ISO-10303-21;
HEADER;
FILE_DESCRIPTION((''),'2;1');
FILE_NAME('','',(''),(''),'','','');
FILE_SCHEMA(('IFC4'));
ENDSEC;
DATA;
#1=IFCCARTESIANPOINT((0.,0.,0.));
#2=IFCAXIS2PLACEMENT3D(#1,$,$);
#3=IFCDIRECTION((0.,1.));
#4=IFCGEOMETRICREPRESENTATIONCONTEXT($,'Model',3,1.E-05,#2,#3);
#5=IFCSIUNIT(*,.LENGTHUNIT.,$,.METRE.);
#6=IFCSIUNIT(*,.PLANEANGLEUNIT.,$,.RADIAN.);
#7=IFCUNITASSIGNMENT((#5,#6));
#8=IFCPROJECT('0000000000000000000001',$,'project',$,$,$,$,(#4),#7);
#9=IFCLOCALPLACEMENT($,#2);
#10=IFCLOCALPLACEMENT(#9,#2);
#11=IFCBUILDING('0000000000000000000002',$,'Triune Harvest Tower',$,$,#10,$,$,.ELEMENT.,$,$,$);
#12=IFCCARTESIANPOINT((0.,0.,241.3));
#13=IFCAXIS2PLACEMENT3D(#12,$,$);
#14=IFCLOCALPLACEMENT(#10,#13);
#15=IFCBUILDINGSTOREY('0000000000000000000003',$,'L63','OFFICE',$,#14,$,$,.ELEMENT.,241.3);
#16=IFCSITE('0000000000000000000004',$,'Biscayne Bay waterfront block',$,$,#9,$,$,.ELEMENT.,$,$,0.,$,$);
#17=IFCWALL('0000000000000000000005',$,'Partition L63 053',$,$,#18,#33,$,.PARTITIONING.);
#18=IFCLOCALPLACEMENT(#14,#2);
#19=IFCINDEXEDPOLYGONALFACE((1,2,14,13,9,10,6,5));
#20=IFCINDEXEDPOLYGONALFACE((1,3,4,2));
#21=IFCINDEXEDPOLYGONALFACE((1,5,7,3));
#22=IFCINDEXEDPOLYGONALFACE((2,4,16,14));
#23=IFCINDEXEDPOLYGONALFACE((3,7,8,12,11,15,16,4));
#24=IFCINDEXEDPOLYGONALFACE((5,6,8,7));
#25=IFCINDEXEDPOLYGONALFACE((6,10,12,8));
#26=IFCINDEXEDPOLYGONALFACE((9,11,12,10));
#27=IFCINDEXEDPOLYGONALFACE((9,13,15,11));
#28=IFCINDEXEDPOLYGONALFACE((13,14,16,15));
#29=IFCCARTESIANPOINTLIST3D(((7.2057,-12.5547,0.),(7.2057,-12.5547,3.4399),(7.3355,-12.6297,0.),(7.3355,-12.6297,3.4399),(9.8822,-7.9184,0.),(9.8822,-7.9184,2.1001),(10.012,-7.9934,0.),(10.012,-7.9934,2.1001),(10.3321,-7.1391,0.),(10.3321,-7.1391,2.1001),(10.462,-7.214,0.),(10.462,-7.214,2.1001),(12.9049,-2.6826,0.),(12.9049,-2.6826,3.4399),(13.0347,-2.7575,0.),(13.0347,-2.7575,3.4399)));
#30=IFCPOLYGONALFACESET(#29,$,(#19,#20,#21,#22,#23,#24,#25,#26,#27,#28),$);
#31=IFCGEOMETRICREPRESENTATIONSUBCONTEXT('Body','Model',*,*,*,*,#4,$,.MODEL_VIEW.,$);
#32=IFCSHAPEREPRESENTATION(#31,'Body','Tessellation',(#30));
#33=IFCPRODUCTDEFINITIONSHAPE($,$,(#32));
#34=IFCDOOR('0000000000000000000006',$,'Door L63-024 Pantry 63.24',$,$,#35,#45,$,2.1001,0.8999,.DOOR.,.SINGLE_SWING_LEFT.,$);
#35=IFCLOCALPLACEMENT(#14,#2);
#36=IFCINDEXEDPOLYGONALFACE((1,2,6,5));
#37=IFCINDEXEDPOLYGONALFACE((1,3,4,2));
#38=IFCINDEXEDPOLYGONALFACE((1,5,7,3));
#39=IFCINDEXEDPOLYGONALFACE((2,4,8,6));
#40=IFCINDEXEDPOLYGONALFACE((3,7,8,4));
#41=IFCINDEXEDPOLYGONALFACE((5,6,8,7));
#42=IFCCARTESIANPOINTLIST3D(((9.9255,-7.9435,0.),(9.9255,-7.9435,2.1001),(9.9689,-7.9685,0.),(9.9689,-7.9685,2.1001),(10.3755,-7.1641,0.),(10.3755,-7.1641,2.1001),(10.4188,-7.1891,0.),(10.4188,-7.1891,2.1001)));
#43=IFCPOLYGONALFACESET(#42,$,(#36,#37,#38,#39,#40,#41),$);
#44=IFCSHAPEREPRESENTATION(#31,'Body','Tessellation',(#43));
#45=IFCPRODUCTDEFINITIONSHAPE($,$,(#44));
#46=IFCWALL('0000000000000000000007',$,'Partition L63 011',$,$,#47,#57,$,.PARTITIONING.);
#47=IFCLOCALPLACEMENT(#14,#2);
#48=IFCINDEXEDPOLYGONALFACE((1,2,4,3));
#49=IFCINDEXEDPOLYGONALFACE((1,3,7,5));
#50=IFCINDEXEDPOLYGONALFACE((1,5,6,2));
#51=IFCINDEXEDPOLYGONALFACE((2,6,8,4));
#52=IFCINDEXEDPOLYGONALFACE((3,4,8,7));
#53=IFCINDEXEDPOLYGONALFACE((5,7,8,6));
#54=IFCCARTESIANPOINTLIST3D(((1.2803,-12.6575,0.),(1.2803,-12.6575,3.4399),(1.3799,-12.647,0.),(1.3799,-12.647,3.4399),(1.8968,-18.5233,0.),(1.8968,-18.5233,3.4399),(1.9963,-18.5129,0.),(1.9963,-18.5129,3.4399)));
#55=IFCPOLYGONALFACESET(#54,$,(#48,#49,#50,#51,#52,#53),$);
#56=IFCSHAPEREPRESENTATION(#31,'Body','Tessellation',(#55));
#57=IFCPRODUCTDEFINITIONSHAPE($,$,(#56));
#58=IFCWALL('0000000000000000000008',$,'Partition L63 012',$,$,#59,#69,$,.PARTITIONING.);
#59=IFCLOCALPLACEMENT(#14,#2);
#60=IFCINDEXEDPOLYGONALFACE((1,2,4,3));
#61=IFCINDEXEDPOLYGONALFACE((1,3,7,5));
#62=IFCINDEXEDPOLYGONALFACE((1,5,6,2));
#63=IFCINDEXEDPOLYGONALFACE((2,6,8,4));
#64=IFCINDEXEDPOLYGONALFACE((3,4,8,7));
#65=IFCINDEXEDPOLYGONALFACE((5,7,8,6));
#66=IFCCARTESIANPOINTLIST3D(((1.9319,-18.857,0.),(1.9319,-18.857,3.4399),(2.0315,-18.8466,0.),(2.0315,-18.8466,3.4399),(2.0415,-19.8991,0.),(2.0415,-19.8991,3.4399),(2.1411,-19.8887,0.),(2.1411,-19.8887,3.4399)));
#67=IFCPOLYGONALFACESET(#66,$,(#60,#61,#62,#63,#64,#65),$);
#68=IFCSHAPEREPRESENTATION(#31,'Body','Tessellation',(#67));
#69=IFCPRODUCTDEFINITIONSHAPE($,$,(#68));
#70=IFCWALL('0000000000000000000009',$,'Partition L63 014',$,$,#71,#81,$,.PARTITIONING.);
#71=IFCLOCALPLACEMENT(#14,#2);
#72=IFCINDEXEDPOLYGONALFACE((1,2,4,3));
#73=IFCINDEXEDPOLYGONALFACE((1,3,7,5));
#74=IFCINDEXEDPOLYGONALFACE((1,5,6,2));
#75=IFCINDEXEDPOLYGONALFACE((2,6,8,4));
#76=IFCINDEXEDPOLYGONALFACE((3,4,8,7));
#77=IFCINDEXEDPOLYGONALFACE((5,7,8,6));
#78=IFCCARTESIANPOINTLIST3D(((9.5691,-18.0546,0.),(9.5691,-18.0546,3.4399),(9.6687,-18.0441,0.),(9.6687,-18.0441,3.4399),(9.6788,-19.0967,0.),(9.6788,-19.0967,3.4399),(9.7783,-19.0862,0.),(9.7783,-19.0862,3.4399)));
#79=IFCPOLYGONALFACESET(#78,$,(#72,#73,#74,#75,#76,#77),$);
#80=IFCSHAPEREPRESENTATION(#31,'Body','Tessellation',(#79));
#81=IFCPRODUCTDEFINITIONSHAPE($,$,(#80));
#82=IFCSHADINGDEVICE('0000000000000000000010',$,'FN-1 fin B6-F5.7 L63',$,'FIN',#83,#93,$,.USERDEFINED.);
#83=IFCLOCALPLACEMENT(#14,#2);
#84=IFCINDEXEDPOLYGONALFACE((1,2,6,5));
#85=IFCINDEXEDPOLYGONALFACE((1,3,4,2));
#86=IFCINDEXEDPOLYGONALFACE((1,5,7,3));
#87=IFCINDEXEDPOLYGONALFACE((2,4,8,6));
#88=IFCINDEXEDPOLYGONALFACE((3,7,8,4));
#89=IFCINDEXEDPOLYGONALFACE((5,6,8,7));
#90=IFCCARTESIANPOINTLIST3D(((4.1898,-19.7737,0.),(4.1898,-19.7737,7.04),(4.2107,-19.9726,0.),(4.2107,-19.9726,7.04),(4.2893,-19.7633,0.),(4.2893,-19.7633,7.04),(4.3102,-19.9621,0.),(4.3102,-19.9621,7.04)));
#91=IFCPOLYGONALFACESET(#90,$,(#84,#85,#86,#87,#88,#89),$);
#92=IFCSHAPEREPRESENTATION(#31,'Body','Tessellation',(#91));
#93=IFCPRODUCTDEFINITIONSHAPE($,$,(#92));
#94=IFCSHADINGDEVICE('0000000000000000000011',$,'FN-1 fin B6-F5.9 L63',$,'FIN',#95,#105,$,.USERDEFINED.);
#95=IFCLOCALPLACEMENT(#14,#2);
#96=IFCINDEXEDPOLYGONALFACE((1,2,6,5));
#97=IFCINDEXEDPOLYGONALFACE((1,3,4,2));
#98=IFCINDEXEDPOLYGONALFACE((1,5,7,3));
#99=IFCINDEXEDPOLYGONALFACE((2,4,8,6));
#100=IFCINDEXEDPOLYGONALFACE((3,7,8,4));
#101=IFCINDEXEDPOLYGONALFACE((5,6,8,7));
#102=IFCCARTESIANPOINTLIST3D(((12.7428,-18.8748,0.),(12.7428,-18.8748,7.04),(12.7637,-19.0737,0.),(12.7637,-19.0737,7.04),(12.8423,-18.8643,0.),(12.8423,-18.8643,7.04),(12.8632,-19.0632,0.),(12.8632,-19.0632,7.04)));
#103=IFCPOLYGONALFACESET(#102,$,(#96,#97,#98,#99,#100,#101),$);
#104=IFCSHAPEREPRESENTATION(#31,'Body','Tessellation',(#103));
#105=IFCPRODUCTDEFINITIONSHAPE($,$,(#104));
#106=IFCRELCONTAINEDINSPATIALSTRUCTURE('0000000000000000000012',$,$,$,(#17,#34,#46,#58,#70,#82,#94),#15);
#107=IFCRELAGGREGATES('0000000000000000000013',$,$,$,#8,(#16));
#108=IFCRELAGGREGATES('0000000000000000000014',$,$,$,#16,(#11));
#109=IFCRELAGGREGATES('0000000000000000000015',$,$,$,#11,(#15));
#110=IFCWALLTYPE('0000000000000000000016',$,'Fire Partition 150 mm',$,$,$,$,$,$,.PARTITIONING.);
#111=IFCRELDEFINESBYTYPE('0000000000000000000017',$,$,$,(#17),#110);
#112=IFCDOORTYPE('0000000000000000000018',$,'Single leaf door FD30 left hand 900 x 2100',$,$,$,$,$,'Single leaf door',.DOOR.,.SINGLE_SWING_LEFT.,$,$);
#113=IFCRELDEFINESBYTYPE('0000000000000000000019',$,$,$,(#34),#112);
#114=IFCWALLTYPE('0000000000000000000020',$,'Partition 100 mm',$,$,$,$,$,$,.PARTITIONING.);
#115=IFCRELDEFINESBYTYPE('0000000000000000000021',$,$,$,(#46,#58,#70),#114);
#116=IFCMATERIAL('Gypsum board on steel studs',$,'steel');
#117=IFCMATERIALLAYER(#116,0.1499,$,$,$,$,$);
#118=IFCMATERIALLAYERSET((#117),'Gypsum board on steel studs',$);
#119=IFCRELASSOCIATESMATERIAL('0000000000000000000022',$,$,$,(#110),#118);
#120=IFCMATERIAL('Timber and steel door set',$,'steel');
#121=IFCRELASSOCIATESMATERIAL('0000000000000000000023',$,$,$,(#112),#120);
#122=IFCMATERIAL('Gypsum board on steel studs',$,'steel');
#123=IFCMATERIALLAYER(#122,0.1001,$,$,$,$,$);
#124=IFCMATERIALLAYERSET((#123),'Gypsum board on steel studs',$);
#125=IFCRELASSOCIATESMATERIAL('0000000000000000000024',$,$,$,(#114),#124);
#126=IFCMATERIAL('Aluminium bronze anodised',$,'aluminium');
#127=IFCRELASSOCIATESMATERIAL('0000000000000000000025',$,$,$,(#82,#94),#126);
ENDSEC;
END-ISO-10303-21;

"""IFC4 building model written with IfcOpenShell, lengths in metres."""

from ifc_helpers import new_model, si_unit, direction, frame, frame_2d, origin, origin_2d, place, context, subcontext, project, spatial, rectangle, extrude, source, transform, mapped, material, layer, layer_set, type_object, element, fill, save


model = new_model("IFC4")

# Units and contexts
model_context = context("Model", 3, precision=1e-05, world=origin(), true_north=direction((0.0, 1.0)))
body_context = subcontext(model_context, "Body", "Model", "MODEL_VIEW")
ifc_project = project(units=[si_unit("LENGTHUNIT", "METRE"), si_unit("PLANEANGLEUNIT", "RADIAN")], contexts=[model_context])

# Site, building, storey
site_placement = place(None, origin())
site = spatial("IfcSite", under=ifc_project, at=site_placement, Name="Biscayne Bay waterfront block", CompositionType="ELEMENT", RefElevation=0.0)
building_placement = place(site_placement, origin())
building = spatial("IfcBuilding", under=site, at=building_placement, Name="Triune Harvest Tower", CompositionType="ELEMENT")
storey_placement = place(building_placement, frame((0.0, 0.0, 241.3)))
storey = spatial("IfcBuildingStorey", under=building, at=storey_placement, Name="L63", Description="OFFICE", CompositionType="ELEMENT", Elevation=241.3)

# Wall, opening, door
ifc_material_1 = material(Name="Gypsum board on steel studs", Category="steel")
ifc_layer_1 = layer(ifc_material_1, 0.1499)
ifc_layer_set_1 = layer_set([ifc_layer_1], Name="Gypsum board on steel studs")
wall_type_1 = type_object("IfcWallType", Name="Fire Partition 150 mm", PredefinedType="PARTITIONING", material=ifc_layer_set_1)
wall_1_placement = place(storey_placement, frame((7.2705, -12.5923, 0.0), z_axis=(0.0, 0.0, 1.0), x_axis=(0.499972, 0.866041, 0.0)))
wall_1 = element("IfcWall", 1, at=wall_1_placement, inside=storey, type_object=wall_type_1, Name="Partition L63 053", PredefinedType="PARTITIONING", context=body_context, shape_type="SweptSolid", body=[
    extrude(rectangle(XDim=11.3992, YDim=0.1499, at=frame_2d((5.6997, 0.0))), origin(), (0.0, 0.0, 1.0), 3.4399),
])
opening_placement = place(wall_1_placement, frame((5.3535, 0.0, 0.0)))
opening = element("IfcOpeningElement", 2, at=opening_placement, cuts=wall_1, PredefinedType="OPENING", context=body_context, shape_type="SweptSolid", body=[
    extrude(rectangle(XDim=0.8999, YDim=2.1001, at=frame_2d((0.45, 1.05))), frame((0.0, 0.085, 0.0), z_axis=(0.0, -1.0, 0.0), x_axis=(1.0, 0.0, 0.0)), (0.0, 0.0, 1.0), 0.1699),
])
ifc_material_2 = material(Name="Timber and steel door set", Category="steel")
door_type = type_object("IfcDoorType", Name="Single leaf door FD30 left hand 900 x 2100", ElementType="Single leaf door", OperationType="SINGLE_SWING_LEFT", PredefinedType="DOOR", material=ifc_material_2)
door_placement = place(opening_placement, origin())
door = element("IfcDoor", 3, at=door_placement, inside=storey, type_object=door_type, Name="Door L63-024 Pantry 63.24", OperationType="SINGLE_SWING_LEFT", OverallHeight=2.1001, OverallWidth=0.8999, PredefinedType="DOOR", context=body_context, shape_type="SweptSolid", body=[
    extrude(rectangle(XDim=0.8999, YDim=2.1001, at=frame_2d((0.45, 1.05))), frame((0.0, 0.0249, 0.0), z_axis=(0.0, -1.0, 0.0), x_axis=(1.0, 0.0, 0.0)), (0.0, 0.0, 1.0), 0.05),
])
fill(opening, door)

# Walls
ifc_material_3 = material(Name="Gypsum board on steel studs", Category="steel")
ifc_layer_2 = layer(ifc_material_3, 0.1001)
ifc_layer_set_2 = layer_set([ifc_layer_2], Name="Gypsum board on steel studs")
wall_type_2 = type_object("IfcWallType", Name="Partition 100 mm", PredefinedType="PARTITIONING", material=ifc_layer_set_2)
wall_2_placement = place(storey_placement, frame((1.3301, -12.6521, 0.0), z_axis=(0.0, 0.0, 1.0), x_axis=(0.104515, -0.994523, 0.0)))
element("IfcWall", 4, at=wall_2_placement, inside=storey, type_object=wall_type_2, Name="Partition L63 011", PredefinedType="PARTITIONING", context=body_context, shape_type="SweptSolid", body=[
    extrude(rectangle(XDim=5.8982, YDim=0.1001, at=frame_2d((2.9492, 0.0))), origin(), (0.0, 0.0, 1.0), 3.4399),
])
shared_shape_1 = source(origin(), body_context, "Body", "SweptSolid", [
    extrude(rectangle(XDim=1.0479, YDim=0.1001, at=frame_2d((0.5239, 0.0))), origin(), (0.0, 0.0, 1.0), 3.4399),
])
for number, where, z_axis, x_axis, name in (
    (5, (1.9817, -18.8518, 0.0), (0.0, 0.0, 1.0), (0.104624, -0.994512, 0.0), "Partition L63 012"),
    (6, (9.6189, -18.0493, 0.0), (0.0, 0.0, 1.0), (0.104624, -0.994512, 0.0), "Partition L63 014"),
):
    element("IfcWall", number, at=place(storey_placement, frame(where, z_axis=z_axis, x_axis=x_axis)), inside=storey, type_object=wall_type_2, Name=name, PredefinedType="PARTITIONING", context=body_context, shape_type="MappedRepresentation", body=[
        mapped(shared_shape_1, transform((0.0, 0.0, 0.0), scale=1.0)),
    ])

# Shading devices
ifc_material_4 = material(Name="Aluminium bronze anodised", Category="aluminium")
shared_shape_2 = source(origin(), body_context, "Body", "SweptSolid", [
    extrude(rectangle(XDim=0.1001, YDim=0.2, at=origin_2d()), origin(), (0.0, 0.0, 1.0), 7.04),
])
for number, where, z_axis, x_axis, name in (
    (7, (4.25, -19.8679, 0.0), (0.0, 0.0, 1.0), (0.994522, 0.10453, 0.0), "FN-1 fin B6-F5.7 L63"),
    (8, (12.803, -18.969, 0.0), (0.0, 0.0, 1.0), (0.994522, 0.10453, 0.0), "FN-1 fin B6-F5.9 L63"),
):
    element("IfcShadingDevice", number, at=place(storey_placement, frame(where, z_axis=z_axis, x_axis=x_axis)), inside=storey, material=ifc_material_4, Name=name, ObjectType="FIN", PredefinedType="USERDEFINED", context=body_context, shape_type="MappedRepresentation", body=[
        mapped(shared_shape_2, transform((0.0, 0.0, 0.0), scale=1.0)),
    ])

save(model, "model.ifc")
